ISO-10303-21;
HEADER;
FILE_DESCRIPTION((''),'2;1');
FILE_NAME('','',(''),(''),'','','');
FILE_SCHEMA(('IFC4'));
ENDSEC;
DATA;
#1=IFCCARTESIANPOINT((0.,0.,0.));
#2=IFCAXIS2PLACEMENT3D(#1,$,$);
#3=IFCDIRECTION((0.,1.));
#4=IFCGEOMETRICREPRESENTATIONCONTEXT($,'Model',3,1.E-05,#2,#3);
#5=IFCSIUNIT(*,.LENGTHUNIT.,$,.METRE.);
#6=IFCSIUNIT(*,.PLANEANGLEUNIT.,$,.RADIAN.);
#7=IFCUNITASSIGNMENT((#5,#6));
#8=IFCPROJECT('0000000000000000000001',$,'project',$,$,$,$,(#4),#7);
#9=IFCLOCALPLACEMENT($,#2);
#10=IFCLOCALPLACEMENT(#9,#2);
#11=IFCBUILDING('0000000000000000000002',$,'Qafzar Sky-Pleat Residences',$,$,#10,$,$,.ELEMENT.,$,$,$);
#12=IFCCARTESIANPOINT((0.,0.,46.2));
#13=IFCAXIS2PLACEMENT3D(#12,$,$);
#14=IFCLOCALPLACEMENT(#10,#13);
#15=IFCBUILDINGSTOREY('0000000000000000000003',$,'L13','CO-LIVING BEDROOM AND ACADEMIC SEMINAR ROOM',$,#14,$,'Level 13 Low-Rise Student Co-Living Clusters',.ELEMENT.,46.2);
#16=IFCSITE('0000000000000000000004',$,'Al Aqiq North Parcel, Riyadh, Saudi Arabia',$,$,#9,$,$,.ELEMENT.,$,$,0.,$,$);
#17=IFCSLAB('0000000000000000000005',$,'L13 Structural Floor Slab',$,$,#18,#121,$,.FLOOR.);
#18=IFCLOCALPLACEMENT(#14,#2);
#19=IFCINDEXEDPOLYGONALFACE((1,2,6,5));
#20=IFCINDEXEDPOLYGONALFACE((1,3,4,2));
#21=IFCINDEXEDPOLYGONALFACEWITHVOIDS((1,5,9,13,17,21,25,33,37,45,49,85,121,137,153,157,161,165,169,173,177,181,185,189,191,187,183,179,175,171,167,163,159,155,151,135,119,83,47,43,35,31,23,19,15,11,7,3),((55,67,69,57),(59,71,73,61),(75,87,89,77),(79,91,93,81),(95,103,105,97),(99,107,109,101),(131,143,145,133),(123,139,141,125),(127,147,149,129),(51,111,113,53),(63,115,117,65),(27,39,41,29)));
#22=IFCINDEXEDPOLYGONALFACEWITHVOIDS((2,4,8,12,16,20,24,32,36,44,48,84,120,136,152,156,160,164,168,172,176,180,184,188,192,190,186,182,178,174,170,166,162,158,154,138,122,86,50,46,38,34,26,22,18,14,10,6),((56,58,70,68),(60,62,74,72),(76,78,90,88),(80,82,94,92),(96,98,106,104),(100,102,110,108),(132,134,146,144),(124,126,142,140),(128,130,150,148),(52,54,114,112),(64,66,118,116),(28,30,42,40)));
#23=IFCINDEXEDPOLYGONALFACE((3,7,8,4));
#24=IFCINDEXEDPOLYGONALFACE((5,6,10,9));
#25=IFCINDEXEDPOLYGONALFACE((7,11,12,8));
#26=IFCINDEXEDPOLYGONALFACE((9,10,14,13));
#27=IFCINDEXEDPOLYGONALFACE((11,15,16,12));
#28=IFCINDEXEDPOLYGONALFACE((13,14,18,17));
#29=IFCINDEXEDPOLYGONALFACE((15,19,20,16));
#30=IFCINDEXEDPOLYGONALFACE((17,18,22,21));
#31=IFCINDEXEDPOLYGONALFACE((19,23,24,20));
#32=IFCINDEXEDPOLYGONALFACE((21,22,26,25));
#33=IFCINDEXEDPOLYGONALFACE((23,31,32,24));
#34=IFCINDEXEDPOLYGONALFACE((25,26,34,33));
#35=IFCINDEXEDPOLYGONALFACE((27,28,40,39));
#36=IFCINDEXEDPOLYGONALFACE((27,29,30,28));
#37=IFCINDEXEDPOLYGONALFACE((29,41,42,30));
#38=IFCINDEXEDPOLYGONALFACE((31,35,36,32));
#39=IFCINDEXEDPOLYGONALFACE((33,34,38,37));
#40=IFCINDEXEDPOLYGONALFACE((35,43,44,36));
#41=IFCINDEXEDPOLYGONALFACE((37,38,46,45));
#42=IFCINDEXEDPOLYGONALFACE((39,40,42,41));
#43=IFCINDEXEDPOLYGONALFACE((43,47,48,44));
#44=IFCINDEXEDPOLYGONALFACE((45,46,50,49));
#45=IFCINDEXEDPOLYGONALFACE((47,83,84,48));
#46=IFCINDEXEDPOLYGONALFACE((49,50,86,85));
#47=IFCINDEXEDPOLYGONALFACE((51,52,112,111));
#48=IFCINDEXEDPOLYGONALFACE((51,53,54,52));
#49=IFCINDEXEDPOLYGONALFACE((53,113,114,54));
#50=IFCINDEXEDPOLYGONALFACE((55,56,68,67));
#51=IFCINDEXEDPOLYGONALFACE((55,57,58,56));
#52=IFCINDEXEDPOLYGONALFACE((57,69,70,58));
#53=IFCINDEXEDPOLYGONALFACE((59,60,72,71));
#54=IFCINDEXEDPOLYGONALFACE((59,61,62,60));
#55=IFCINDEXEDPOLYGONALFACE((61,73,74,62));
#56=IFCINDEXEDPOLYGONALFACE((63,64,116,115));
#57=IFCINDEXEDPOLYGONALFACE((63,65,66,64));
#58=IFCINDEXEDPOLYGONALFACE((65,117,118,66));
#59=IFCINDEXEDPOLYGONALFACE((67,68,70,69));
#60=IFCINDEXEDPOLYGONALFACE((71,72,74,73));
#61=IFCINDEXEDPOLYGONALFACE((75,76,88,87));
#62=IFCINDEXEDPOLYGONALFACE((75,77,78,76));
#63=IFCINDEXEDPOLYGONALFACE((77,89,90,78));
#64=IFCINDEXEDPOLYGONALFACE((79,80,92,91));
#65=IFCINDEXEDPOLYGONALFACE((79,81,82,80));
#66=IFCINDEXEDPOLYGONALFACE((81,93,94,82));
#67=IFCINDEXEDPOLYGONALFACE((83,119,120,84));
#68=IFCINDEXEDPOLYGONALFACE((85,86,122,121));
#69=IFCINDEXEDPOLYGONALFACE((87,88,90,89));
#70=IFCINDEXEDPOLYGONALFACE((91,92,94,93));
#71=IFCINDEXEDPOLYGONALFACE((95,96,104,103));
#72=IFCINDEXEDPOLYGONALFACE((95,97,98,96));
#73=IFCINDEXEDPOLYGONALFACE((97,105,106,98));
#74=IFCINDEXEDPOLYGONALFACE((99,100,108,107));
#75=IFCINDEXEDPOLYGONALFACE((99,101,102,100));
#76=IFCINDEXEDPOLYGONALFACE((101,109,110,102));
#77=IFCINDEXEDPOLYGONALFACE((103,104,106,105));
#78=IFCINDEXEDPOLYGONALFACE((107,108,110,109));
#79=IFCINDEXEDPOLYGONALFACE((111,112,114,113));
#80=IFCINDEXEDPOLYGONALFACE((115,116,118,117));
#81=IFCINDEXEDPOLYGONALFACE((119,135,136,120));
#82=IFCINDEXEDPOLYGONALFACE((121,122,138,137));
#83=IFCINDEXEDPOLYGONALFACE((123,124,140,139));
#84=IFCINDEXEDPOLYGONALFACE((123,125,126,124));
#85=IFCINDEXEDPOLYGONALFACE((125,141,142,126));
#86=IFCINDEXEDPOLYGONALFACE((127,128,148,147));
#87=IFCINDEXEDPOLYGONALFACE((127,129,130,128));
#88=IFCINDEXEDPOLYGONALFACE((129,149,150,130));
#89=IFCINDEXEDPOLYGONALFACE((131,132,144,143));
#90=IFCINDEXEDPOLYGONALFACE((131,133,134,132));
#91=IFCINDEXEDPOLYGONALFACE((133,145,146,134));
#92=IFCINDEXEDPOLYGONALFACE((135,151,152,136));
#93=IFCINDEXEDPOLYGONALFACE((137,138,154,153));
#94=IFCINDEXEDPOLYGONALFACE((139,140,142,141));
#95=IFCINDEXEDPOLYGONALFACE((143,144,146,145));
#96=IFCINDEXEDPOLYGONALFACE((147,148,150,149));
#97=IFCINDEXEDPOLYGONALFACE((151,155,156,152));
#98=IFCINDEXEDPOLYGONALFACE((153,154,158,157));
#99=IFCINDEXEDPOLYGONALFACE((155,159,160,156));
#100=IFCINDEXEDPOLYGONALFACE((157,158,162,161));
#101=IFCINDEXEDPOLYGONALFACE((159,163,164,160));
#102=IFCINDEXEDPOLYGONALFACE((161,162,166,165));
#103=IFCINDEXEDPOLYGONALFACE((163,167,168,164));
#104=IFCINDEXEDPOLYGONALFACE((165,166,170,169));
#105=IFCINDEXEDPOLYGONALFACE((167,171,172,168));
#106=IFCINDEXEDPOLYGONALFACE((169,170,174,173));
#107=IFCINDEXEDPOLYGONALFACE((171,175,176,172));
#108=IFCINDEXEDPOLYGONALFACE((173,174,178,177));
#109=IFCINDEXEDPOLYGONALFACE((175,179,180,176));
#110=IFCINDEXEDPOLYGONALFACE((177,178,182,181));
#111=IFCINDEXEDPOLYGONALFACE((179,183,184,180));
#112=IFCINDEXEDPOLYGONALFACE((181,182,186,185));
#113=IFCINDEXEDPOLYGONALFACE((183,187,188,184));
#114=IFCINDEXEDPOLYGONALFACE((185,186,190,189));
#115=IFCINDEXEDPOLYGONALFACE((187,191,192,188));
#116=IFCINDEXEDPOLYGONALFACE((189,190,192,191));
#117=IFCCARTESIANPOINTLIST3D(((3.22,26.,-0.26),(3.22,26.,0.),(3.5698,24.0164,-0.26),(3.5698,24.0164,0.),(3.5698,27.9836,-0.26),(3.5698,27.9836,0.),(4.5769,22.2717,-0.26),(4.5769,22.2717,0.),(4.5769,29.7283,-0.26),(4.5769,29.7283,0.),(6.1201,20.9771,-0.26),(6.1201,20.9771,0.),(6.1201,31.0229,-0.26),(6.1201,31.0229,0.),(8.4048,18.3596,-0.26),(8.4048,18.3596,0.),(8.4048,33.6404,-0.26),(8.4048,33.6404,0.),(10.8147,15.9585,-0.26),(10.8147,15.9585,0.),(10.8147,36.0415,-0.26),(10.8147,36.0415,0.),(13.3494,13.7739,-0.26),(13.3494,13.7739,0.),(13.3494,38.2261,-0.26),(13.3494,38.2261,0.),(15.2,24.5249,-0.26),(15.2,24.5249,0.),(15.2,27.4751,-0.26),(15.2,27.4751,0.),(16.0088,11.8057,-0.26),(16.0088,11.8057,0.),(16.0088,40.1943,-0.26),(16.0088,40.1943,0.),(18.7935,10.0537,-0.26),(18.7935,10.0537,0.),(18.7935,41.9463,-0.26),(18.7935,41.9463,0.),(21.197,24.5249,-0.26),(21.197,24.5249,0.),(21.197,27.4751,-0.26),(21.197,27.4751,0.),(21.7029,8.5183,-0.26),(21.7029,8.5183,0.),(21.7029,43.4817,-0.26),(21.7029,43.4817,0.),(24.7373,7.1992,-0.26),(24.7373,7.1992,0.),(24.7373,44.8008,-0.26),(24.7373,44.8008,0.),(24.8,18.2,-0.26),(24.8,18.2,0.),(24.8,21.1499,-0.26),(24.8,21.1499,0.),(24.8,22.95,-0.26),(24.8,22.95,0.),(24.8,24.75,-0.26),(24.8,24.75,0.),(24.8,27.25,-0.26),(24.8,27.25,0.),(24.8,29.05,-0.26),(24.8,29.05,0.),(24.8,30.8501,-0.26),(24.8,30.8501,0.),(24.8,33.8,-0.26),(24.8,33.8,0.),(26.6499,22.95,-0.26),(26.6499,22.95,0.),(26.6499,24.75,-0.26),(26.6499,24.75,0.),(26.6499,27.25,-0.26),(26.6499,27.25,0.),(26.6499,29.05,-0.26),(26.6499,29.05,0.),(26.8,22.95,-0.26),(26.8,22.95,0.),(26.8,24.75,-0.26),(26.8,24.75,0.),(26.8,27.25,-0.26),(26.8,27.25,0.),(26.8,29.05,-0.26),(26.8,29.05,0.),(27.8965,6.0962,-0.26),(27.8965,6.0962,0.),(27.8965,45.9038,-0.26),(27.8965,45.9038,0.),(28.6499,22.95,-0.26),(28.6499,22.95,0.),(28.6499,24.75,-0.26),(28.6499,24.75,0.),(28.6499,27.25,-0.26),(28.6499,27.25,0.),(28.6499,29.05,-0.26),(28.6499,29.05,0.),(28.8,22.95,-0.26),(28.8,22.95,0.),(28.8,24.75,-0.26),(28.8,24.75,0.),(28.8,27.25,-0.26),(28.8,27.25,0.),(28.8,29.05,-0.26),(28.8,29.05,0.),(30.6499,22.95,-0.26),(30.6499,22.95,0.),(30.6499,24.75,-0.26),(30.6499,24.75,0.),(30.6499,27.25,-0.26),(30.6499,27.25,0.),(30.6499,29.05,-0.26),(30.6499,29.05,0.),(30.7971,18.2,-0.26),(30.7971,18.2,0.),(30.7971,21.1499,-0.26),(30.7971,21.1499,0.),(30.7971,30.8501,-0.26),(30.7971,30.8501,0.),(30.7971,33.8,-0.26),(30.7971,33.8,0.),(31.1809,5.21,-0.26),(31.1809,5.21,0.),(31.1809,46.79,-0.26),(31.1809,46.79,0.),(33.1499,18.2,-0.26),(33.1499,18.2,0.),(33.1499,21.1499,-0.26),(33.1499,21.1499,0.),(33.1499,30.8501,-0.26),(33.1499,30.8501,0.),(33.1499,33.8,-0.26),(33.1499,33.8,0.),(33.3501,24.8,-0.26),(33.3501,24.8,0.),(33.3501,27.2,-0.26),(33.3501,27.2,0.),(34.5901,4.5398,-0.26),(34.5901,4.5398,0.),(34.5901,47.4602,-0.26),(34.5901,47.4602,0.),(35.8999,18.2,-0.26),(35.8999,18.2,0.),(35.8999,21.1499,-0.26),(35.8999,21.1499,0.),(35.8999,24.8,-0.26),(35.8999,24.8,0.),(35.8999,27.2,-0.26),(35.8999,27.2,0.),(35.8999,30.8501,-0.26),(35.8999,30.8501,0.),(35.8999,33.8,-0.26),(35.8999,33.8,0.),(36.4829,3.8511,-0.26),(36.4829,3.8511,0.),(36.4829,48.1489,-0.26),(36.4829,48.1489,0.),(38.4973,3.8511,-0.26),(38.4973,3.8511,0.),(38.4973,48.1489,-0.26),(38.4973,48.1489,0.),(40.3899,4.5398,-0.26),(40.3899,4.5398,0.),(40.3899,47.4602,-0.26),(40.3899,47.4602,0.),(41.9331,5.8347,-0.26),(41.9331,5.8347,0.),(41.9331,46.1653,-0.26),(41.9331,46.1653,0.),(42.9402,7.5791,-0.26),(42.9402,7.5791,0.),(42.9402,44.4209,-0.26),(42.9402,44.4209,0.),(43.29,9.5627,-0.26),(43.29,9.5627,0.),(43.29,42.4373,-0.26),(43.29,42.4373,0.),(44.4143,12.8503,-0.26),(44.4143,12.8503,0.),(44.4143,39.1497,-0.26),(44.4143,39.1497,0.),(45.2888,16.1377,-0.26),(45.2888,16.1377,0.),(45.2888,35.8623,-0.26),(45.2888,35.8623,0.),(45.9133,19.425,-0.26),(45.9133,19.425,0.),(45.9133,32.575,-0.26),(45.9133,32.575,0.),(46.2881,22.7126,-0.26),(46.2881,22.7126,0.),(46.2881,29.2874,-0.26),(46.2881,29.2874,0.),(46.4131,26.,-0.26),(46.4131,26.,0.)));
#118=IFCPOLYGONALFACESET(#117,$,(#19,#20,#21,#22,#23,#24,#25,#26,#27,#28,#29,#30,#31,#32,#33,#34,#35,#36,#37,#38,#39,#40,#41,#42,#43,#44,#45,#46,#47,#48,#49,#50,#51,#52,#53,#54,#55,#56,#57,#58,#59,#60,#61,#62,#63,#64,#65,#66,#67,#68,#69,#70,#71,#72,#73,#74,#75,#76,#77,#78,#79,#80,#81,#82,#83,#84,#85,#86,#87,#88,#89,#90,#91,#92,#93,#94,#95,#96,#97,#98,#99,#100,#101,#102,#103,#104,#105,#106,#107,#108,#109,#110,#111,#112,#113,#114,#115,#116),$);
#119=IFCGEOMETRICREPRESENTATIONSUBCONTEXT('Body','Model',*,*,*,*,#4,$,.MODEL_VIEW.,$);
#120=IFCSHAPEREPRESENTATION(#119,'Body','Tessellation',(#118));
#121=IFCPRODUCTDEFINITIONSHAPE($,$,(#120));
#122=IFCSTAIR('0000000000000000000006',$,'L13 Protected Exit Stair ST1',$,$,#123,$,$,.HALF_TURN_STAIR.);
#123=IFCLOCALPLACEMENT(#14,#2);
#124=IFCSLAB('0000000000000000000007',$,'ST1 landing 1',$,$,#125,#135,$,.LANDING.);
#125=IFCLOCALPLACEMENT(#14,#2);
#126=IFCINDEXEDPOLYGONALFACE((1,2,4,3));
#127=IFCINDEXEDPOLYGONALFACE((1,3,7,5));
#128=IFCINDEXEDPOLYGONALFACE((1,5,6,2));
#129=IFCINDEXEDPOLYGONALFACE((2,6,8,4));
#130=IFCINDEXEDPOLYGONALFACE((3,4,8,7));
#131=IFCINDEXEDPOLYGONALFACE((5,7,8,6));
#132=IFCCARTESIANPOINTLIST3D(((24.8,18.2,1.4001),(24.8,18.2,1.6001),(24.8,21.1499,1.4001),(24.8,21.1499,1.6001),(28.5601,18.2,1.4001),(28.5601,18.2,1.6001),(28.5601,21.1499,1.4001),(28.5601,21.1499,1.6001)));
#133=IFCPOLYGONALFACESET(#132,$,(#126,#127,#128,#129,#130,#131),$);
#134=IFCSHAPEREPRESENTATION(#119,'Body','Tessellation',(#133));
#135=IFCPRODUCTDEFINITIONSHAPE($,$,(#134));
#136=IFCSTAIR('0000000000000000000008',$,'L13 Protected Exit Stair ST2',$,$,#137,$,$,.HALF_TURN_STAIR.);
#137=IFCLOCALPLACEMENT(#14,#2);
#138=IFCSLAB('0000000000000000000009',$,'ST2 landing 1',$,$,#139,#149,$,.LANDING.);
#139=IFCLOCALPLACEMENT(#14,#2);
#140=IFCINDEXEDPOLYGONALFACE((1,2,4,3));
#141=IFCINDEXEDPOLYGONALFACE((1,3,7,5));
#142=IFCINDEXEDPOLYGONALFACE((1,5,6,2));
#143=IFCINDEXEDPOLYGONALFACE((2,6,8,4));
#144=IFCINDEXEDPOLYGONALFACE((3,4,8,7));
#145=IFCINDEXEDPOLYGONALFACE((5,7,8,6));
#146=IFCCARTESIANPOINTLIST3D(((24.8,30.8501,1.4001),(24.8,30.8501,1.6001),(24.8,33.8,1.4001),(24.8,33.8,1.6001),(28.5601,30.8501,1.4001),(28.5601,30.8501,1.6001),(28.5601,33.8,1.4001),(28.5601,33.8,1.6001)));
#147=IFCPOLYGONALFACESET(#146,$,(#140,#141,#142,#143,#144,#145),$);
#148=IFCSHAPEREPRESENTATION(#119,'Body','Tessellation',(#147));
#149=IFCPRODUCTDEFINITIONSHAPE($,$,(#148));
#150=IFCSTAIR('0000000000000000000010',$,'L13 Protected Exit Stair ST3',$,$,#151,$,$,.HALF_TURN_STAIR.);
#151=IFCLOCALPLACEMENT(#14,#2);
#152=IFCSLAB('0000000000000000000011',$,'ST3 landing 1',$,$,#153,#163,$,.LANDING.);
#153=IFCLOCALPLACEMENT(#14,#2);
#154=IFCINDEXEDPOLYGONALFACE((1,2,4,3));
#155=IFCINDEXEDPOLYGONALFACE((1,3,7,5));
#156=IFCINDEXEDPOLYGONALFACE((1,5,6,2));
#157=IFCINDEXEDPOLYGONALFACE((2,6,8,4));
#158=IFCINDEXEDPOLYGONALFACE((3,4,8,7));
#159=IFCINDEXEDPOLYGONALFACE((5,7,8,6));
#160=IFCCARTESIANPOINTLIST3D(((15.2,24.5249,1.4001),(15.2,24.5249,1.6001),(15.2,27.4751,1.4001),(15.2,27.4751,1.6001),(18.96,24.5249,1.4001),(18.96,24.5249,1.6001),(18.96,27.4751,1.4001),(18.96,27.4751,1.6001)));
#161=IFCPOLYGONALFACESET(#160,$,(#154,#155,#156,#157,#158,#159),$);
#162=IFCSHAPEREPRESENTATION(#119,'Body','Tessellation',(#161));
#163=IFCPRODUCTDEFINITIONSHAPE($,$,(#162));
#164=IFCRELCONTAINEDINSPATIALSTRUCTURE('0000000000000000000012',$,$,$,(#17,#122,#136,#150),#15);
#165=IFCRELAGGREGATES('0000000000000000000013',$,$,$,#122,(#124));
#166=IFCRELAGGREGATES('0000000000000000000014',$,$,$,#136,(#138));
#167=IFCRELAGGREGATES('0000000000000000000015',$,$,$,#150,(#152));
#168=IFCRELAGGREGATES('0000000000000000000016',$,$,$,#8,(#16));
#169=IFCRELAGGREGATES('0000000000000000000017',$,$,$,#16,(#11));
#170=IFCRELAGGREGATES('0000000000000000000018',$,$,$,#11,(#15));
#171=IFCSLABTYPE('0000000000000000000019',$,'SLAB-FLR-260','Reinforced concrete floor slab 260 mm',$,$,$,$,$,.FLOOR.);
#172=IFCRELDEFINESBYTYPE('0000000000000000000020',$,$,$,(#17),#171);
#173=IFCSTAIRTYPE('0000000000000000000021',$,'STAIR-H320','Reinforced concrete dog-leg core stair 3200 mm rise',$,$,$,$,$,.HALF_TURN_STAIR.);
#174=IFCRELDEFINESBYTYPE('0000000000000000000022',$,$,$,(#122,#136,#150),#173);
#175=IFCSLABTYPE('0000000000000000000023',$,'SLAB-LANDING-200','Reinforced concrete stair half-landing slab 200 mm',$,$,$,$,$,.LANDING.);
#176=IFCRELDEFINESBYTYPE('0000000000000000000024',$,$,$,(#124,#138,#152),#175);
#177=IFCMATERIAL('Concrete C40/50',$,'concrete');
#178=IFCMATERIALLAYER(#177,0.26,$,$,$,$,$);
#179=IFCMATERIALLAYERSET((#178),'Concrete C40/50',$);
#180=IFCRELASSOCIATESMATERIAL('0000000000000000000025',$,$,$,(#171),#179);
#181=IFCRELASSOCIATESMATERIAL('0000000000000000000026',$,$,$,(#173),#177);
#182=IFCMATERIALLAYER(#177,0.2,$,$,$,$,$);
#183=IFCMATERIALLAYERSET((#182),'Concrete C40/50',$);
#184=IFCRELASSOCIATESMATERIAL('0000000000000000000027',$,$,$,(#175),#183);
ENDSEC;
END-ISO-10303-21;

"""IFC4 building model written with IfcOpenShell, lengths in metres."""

from ifc_helpers import new_model, si_unit, direction, frame, origin, place, context, subcontext, project, spatial, polyline, outline, extrude, material, layer, layer_set, type_object, element, aggregate, save


model = new_model("IFC4")

# Units and contexts
model_context = context("Model", 3, precision=1e-05, world=origin(), true_north=direction((0.0, 1.0)))
body_context = subcontext(model_context, "Body", "Model", "MODEL_VIEW")
ifc_project = project(units=[si_unit("LENGTHUNIT", "METRE"), si_unit("PLANEANGLEUNIT", "RADIAN")], contexts=[model_context])

# Site, building, storey
site_placement = place(None, origin())
site = spatial("IfcSite", under=ifc_project, at=site_placement, Name="Al Aqiq North Parcel, Riyadh, Saudi Arabia", CompositionType="ELEMENT", RefElevation=0.0)
building_placement = place(site_placement, origin())
building = spatial("IfcBuilding", under=site, at=building_placement, Name="Qafzar Sky-Pleat Residences", CompositionType="ELEMENT")
storey_placement = place(building_placement, frame((0.0, 0.0, 46.2)))
storey = spatial("IfcBuildingStorey", under=building, at=storey_placement, Name="L13", Description="CO-LIVING BEDROOM AND ACADEMIC SEMINAR ROOM", LongName="Level 13 Low-Rise Student Co-Living Clusters", CompositionType="ELEMENT", Elevation=46.2)

# Slab
ifc_material_1 = material(Name="Concrete C40/50", Category="concrete")
ifc_layer_1 = layer(ifc_material_1, 0.26)
ifc_layer_set_1 = layer_set([ifc_layer_1], Name="Concrete C40/50")
slab_type_1 = type_object("IfcSlabType", Name="SLAB-FLR-260", Description="Reinforced concrete floor slab 260 mm", PredefinedType="FLOOR", material=ifc_layer_set_1)
slab_1_placement = place(storey_placement, frame((0.0, 0.0, -0.26)))
element("IfcSlab", 1, at=slab_1_placement, inside=storey, type_object=slab_type_1, Name="L13 Structural Floor Slab", PredefinedType="FLOOR", context=body_context, shape_type="SweptSolid", body=[
    extrude(outline(polyline([(6.1201, 31.0229), (4.5769, 29.7283), (3.5698, 27.9836), (3.22, 26.0), (3.5698, 24.0164), (4.5769, 22.2717), (6.1201, 20.9771), (8.4048, 18.3596), (10.8147, 15.9585), (13.3494, 13.7739), (16.0088, 11.8057), (18.7935, 10.0537), (21.7029, 8.5183), (24.7373, 7.1992), (27.8965, 6.0962), (31.1809, 5.21), (34.5901, 4.5398), (36.4829, 3.8511), (38.4973, 3.8511), (40.3899, 4.5398), (41.9331, 5.8347), (42.9402, 7.5791), (43.29, 9.5627), (44.4143, 12.8503), (45.2888, 16.1377), (45.9133, 19.425), (46.2881, 22.7126), (46.4131, 26.0), (46.2881, 29.2874), (45.9133, 32.575), (45.2888, 35.8623), (44.4143, 39.1497), (43.29, 42.4373), (42.9402, 44.4209), (41.9331, 46.1653), (40.3899, 47.4602), (38.4973, 48.1489), (36.4829, 48.1489), (34.5901, 47.4602), (31.1809, 46.79), (27.8965, 45.9038), (24.7373, 44.8008), (21.7029, 43.4817), (18.7935, 41.9463), (16.0088, 40.1943), (13.3494, 38.2261), (10.8147, 36.0415), (8.4048, 33.6404), (6.1201, 31.0229)]), holes=[polyline([(30.7971, 21.1499), (24.8, 21.1499), (24.8, 18.2), (30.7971, 18.2), (30.7971, 21.1499)]), polyline([(30.7971, 33.8), (24.8, 33.8), (24.8, 30.8501), (30.7971, 30.8501), (30.7971, 33.8)]), polyline([(21.197, 27.4751), (15.2, 27.4751), (15.2, 24.5249), (21.197, 24.5249), (21.197, 27.4751)]), polyline([(24.8, 22.95), (26.6499, 22.95), (26.6499, 24.75), (24.8, 24.75), (24.8, 22.95)]), polyline([(26.8, 22.95), (28.6499, 22.95), (28.6499, 24.75), (26.8, 24.75), (26.8, 22.95)]), polyline([(28.8, 22.95), (30.6499, 22.95), (30.6499, 24.75), (28.8, 24.75), (28.8, 22.95)]), polyline([(24.8, 27.25), (26.6499, 27.25), (26.6499, 29.05), (24.8, 29.05), (24.8, 27.25)]), polyline([(26.8, 27.25), (28.6499, 27.25), (28.6499, 29.05), (26.8, 29.05), (26.8, 27.25)]), polyline([(28.8, 27.25), (30.6499, 27.25), (30.6499, 29.05), (28.8, 29.05), (28.8, 27.25)]), polyline([(33.1499, 18.2), (35.8999, 18.2), (35.8999, 21.1499), (33.1499, 21.1499), (33.1499, 18.2)]), polyline([(33.1499, 30.8501), (35.8999, 30.8501), (35.8999, 33.8), (33.1499, 33.8), (33.1499, 30.8501)]), polyline([(33.3501, 24.8), (35.8999, 24.8), (35.8999, 27.2), (33.3501, 27.2), (33.3501, 24.8)])]), origin(), (0.0, 0.0, 1.0), 0.26),
])

# Stairs, slabs
stair_type = type_object("IfcStairType", Name="STAIR-H320", Description="Reinforced concrete dog-leg core stair 3200 mm rise", PredefinedType="HALF_TURN_STAIR", material=ifc_material_1)
stair_1_placement = place(storey_placement, origin())
stair_1 = element("IfcStair", 2, at=stair_1_placement, inside=storey, type_object=stair_type, Name="L13 Protected Exit Stair ST1", PredefinedType="HALF_TURN_STAIR")
ifc_layer_2 = layer(ifc_material_1, 0.2)
ifc_layer_set_2 = layer_set([ifc_layer_2], Name="Concrete C40/50")
slab_type_2 = type_object("IfcSlabType", Name="SLAB-LANDING-200", Description="Reinforced concrete stair half-landing slab 200 mm", PredefinedType="LANDING", material=ifc_layer_set_2)
slab_2_placement = place(storey_placement, frame((0.0, 0.0, 1.4001)))
slab_2 = element("IfcSlab", 3, at=slab_2_placement, type_object=slab_type_2, Name="ST1 landing 1", PredefinedType="LANDING", context=body_context, shape_type="SweptSolid", body=[
    extrude(outline(polyline([(28.5601, 21.1499), (24.8, 21.1499), (24.8, 18.2), (28.5601, 18.2), (28.5601, 21.1499)])), origin(), (0.0, 0.0, 1.0), 0.2),
])
aggregate(stair_1, [slab_2])
stair_2_placement = place(storey_placement, origin())
stair_2 = element("IfcStair", 4, at=stair_2_placement, inside=storey, type_object=stair_type, Name="L13 Protected Exit Stair ST2", PredefinedType="HALF_TURN_STAIR")
slab_3_placement = place(storey_placement, frame((0.0, 0.0, 1.4001)))
slab_3 = element("IfcSlab", 5, at=slab_3_placement, type_object=slab_type_2, Name="ST2 landing 1", PredefinedType="LANDING", context=body_context, shape_type="SweptSolid", body=[
    extrude(outline(polyline([(28.5601, 33.8), (24.8, 33.8), (24.8, 30.8501), (28.5601, 30.8501), (28.5601, 33.8)])), origin(), (0.0, 0.0, 1.0), 0.2),
])
aggregate(stair_2, [slab_3])
stair_3_placement = place(storey_placement, origin())
stair_3 = element("IfcStair", 6, at=stair_3_placement, inside=storey, type_object=stair_type, Name="L13 Protected Exit Stair ST3", PredefinedType="HALF_TURN_STAIR")
slab_4_placement = place(storey_placement, frame((0.0, 0.0, 1.4001)))
slab_4 = element("IfcSlab", 7, at=slab_4_placement, type_object=slab_type_2, Name="ST3 landing 1", PredefinedType="LANDING", context=body_context, shape_type="SweptSolid", body=[
    extrude(outline(polyline([(18.96, 27.4751), (15.2, 27.4751), (15.2, 24.5249), (18.96, 24.5249), (18.96, 27.4751)])), origin(), (0.0, 0.0, 1.0), 0.2),
])
aggregate(stair_3, [slab_4])

save(model, "model.ifc")
